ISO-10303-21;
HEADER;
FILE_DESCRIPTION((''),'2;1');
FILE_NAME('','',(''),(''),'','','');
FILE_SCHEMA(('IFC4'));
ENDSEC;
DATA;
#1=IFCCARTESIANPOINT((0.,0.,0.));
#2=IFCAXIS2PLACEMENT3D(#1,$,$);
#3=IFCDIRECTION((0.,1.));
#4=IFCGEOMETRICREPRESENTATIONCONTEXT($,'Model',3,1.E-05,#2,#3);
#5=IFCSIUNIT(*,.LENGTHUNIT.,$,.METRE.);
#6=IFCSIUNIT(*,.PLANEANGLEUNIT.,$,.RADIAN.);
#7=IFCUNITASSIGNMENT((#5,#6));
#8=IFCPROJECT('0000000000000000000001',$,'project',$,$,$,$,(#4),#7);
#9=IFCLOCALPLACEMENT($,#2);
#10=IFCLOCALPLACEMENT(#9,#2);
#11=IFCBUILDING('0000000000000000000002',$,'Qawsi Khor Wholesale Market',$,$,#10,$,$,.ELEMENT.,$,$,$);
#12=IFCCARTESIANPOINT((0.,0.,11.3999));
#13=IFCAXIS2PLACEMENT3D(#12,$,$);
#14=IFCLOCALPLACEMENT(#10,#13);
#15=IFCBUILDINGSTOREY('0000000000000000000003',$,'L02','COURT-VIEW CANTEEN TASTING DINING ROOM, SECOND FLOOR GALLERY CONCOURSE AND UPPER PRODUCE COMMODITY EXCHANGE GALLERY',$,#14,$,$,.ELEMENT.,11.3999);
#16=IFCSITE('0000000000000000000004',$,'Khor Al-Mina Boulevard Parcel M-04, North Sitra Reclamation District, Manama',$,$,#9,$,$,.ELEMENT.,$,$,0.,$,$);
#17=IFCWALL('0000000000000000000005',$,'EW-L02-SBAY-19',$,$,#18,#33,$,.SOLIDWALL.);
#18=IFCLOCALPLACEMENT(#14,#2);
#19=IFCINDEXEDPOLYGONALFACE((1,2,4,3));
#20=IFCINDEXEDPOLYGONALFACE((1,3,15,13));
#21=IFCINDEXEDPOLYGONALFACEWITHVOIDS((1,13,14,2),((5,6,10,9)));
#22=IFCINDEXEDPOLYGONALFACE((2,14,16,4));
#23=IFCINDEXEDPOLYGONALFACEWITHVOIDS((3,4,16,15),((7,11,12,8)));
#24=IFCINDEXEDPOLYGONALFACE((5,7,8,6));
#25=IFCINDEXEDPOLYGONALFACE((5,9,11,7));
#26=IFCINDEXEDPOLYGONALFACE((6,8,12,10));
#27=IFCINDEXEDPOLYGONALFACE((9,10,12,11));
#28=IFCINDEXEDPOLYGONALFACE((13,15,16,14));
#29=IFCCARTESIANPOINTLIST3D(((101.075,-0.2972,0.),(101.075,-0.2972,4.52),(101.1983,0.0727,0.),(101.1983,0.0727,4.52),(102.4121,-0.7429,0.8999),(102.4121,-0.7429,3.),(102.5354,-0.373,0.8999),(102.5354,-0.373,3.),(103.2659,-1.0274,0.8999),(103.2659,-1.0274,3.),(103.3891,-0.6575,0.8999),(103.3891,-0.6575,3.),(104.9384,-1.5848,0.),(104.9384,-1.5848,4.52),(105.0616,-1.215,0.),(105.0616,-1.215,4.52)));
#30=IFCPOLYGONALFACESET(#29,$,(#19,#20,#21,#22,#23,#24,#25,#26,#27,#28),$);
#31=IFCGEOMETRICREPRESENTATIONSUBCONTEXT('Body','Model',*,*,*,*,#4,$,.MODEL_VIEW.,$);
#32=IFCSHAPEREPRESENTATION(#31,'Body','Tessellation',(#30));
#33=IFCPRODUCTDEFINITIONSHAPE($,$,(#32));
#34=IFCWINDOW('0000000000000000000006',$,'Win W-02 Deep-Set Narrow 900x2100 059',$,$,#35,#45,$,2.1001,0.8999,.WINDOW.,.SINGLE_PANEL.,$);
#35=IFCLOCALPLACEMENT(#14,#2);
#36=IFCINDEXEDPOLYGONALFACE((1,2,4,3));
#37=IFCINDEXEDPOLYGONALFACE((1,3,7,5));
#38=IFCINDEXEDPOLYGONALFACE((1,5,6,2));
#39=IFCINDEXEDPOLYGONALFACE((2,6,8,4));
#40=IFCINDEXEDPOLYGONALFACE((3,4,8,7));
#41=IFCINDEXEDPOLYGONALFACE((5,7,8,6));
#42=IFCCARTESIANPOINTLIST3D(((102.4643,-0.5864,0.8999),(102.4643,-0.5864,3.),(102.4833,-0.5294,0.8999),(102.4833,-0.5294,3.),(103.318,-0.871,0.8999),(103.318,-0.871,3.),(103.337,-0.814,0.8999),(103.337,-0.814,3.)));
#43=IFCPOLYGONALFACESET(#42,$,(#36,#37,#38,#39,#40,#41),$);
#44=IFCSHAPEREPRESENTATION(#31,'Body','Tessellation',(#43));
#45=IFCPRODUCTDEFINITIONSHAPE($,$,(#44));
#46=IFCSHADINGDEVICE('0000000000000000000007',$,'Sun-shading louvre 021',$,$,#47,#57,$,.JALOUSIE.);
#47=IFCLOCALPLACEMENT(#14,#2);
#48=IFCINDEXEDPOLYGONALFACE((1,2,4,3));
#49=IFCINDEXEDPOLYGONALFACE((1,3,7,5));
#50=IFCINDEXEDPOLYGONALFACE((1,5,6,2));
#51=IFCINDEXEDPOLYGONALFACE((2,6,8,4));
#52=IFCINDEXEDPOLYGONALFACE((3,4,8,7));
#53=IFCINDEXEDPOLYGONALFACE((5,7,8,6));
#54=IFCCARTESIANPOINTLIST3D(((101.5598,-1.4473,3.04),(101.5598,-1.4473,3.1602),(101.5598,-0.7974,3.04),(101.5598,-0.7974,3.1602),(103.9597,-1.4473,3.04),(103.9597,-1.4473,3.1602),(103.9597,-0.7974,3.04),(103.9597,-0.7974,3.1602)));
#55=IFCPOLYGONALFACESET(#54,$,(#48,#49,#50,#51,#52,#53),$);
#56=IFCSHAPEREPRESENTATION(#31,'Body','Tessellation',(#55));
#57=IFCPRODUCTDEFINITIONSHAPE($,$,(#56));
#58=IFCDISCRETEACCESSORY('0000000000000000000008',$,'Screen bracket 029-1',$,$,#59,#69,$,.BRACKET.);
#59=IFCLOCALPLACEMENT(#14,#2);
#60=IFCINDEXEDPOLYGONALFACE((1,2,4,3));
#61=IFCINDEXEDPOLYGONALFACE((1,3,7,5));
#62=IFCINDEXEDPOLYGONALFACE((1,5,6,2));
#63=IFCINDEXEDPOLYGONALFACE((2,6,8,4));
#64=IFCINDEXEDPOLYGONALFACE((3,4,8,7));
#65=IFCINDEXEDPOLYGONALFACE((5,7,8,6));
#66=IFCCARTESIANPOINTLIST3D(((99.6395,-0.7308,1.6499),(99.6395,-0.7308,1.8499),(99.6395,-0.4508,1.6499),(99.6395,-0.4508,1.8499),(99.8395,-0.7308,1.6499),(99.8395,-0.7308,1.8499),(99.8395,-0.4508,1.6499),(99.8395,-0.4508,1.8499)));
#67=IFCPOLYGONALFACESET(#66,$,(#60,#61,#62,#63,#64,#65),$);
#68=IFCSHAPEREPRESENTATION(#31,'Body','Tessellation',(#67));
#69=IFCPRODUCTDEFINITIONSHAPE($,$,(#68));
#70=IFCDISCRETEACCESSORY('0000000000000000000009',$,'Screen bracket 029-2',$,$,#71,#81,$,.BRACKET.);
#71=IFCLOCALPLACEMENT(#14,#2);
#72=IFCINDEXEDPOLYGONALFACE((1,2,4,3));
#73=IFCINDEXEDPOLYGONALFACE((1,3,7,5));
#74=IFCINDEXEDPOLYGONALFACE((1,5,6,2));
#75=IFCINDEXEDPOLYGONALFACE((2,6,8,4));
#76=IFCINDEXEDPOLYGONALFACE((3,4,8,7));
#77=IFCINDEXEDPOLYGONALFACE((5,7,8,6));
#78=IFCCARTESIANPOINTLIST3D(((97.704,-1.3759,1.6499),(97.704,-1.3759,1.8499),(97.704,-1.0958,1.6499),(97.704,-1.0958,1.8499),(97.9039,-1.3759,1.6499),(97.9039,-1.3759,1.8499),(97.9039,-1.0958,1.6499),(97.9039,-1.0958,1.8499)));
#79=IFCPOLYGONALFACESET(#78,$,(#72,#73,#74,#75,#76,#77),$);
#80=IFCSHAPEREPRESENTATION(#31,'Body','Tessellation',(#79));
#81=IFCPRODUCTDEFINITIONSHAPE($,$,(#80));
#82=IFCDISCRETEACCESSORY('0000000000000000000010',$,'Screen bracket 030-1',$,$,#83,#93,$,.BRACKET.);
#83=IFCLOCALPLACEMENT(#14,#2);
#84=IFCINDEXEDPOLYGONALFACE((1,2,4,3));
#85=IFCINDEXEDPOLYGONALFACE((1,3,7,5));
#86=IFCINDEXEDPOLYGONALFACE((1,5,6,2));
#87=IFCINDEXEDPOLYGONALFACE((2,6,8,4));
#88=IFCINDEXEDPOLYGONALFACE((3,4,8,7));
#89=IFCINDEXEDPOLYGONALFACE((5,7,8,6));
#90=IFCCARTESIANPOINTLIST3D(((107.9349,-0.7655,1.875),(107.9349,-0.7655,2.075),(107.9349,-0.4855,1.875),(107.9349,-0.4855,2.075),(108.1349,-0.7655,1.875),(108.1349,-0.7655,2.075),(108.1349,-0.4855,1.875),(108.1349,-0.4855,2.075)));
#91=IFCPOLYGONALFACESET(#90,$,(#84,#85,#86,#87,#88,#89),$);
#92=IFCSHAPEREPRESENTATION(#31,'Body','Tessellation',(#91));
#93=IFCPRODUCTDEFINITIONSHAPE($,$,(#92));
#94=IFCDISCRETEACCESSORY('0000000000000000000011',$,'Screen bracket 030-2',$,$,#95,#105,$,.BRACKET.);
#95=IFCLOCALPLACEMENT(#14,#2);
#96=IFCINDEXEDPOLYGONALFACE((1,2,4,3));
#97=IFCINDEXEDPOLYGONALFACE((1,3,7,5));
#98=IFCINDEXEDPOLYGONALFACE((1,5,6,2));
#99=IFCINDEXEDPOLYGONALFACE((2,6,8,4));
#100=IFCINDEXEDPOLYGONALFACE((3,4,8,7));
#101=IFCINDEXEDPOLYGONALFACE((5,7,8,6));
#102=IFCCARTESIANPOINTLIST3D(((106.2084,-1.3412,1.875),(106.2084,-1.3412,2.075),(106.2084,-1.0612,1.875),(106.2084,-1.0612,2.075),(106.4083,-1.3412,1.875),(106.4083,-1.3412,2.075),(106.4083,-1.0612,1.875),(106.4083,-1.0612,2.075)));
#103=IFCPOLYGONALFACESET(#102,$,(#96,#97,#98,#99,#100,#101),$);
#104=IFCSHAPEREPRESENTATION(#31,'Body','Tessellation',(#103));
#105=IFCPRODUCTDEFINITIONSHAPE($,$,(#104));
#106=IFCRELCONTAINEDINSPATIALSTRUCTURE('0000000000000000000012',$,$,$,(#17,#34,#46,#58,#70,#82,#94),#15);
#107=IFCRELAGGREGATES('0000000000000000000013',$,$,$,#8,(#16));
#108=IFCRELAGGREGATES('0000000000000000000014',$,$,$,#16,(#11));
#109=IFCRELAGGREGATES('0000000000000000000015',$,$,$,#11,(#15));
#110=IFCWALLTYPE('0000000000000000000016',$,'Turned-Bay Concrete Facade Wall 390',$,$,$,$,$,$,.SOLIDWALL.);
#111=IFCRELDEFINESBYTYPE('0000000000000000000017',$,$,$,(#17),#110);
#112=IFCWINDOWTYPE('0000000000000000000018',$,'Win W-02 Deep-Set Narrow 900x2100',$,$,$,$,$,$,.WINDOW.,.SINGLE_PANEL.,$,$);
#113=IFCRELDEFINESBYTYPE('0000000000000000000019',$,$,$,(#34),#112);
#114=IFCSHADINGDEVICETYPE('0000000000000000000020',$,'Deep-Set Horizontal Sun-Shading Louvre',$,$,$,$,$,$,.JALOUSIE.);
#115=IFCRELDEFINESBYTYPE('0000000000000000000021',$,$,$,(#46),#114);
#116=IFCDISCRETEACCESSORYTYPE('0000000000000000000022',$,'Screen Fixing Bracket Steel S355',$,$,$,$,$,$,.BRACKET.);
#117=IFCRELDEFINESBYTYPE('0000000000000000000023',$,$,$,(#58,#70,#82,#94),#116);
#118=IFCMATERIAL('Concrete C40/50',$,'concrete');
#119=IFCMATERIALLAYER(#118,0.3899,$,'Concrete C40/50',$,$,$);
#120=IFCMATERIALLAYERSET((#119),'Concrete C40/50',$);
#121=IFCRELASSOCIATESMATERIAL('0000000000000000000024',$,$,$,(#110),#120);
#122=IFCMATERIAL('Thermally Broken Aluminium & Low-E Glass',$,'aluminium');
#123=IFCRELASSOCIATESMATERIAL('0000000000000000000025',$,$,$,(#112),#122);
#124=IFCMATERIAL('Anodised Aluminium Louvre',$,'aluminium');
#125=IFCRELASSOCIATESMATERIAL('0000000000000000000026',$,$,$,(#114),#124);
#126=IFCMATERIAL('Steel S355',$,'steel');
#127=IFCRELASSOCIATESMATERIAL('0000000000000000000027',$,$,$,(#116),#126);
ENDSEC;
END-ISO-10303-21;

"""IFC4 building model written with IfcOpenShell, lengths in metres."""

from ifc_helpers import new_model, si_unit, direction, frame, frame_2d, origin, origin_2d, place, context, subcontext, project, spatial, rectangle, extrude, material, layer, layer_set, type_object, element, fill, save


model = new_model("IFC4")

# Units and contexts
model_context = context("Model", 3, precision=1e-05, world=origin(), true_north=direction((0.0, 1.0)))
body_context = subcontext(model_context, "Body", "Model", "MODEL_VIEW")
ifc_project = project(units=[si_unit("LENGTHUNIT", "METRE"), si_unit("PLANEANGLEUNIT", "RADIAN")], contexts=[model_context])

# Site, building, storey
site_placement = place(None, origin())
site = spatial("IfcSite", under=ifc_project, at=site_placement, Name="Khor Al-Mina Boulevard Parcel M-04, North Sitra Reclamation District, Manama", CompositionType="ELEMENT", RefElevation=0.0)
building_placement = place(site_placement, origin())
building = spatial("IfcBuilding", under=site, at=building_placement, Name="Qawsi Khor Wholesale Market", CompositionType="ELEMENT")
storey_placement = place(building_placement, frame((0.0, 0.0, 11.3999)))
storey = spatial("IfcBuildingStorey", under=building, at=storey_placement, Name="L02", Description="COURT-VIEW CANTEEN TASTING DINING ROOM, SECOND FLOOR GALLERY CONCOURSE AND UPPER PRODUCE COMMODITY EXCHANGE GALLERY", CompositionType="ELEMENT", Elevation=11.3999)

# Shared definitions
ifc_material_1 = material(Name="Concrete C40/50", Category="concrete")

# Shared definitions
ifc_material_2 = material(Name="Steel S355", Category="steel")

# Wall, opening, window
ifc_material_3 = material(Name="Thermally Broken Aluminium & Low-E Glass", Category="aluminium")
ifc_layer_1 = layer(ifc_material_1, 0.3899, Name="Concrete C40/50")
ifc_layer_set_1 = layer_set([ifc_layer_1], Name="Concrete C40/50")
wall_type_1 = type_object("IfcWallType", Name="Turned-Bay Concrete Facade Wall 390", PredefinedType="SOLIDWALL", material=ifc_layer_set_1)
window_type_1 = type_object("IfcWindowType", Name="Win W-02 Deep-Set Narrow 900x2100", PartitioningType="SINGLE_PANEL", PredefinedType="WINDOW", material=ifc_material_3)
wall_1_placement = place(storey_placement, frame((105.0, -1.3999, 0.0), z_axis=(0.0, 0.0, 1.0), x_axis=(-0.948695, 0.316192, 0.0)))
wall_1 = element("IfcWall", 1, at=wall_1_placement, inside=storey, type_object=wall_type_1, Name="EW-L02-SBAY-19", PredefinedType="SOLIDWALL", context=body_context, shape_type="SweptSolid", body=[
    extrude(rectangle(XDim=4.0723, YDim=0.3899, at=frame_2d((2.0361, 0.0))), origin(), (0.0, 0.0, 1.0), 4.52),
])
opening_1_placement = place(wall_1_placement, frame((1.7629, 0.0, 0.8999)))
opening_1 = element("IfcOpeningElement", 2, at=opening_1_placement, cuts=wall_1, PredefinedType="OPENING", context=body_context, shape_type="SweptSolid", body=[
    extrude(rectangle(XDim=0.8999, YDim=2.1001, at=frame_2d((0.45, 1.05))), frame((0.0, 0.2048, 0.0), z_axis=(0.0, -1.0, 0.0), x_axis=(1.0, 0.0, 0.0)), (0.0, 0.0, 1.0), 0.4099),
])
window_1_placement = place(opening_1_placement, origin())
window_1 = element("IfcWindow", 3, at=window_1_placement, inside=storey, type_object=window_type_1, Name="Win W-02 Deep-Set Narrow 900x2100 059", OverallHeight=2.1001, OverallWidth=0.8999, PartitioningType="SINGLE_PANEL", PredefinedType="WINDOW", context=body_context, shape_type="SweptSolid", body=[
    extrude(rectangle(XDim=0.8999, YDim=2.1001, at=frame_2d((0.45, 1.05))), frame((0.0, 0.03, 0.0), z_axis=(0.0, -1.0, 0.0), x_axis=(1.0, 0.0, 0.0)), (0.0, 0.0, 1.0), 0.0601),
])
fill(opening_1, window_1)

# Shading device
ifc_material_4 = material(Name="Anodised Aluminium Louvre", Category="aluminium")
shading_device_type = type_object("IfcShadingDeviceType", Name="Deep-Set Horizontal Sun-Shading Louvre", PredefinedType="JALOUSIE", material=ifc_material_4)
shading_device_placement = place(storey_placement, frame((102.7598, -1.1223, 3.04), z_axis=(0.0, 0.0, 1.0), x_axis=(1.0, 0.0, 0.0)))
element("IfcShadingDevice", 4, at=shading_device_placement, inside=storey, type_object=shading_device_type, Name="Sun-shading louvre 021", PredefinedType="JALOUSIE", context=body_context, shape_type="SweptSolid", body=[
    extrude(rectangle(XDim=2.3999, YDim=0.6499, at=origin_2d()), origin(), (0.0, 0.0, 1.0), 0.1201),
])

# Discrete accessories
discrete_accessory_type = type_object("IfcDiscreteAccessoryType", Name="Screen Fixing Bracket Steel S355", PredefinedType="BRACKET", material=ifc_material_2)
for number, where, z_axis, x_axis, name in (
    (5, (99.7395, -0.5908, 1.6499), (0.0, 0.0, 1.0), (1.0, 0.0, 0.0), "Screen bracket 029-1"),
    (6, (97.804, -1.2358, 1.6499), (0.0, 0.0, 1.0), (1.0, 0.0, 0.0), "Screen bracket 029-2"),
    (7, (108.0349, -0.6255, 1.875), (0.0, 0.0, 1.0), (1.0, 0.0, 0.0), "Screen bracket 030-1"),
    (8, (106.3083, -1.2012, 1.875), (0.0, 0.0, 1.0), (1.0, 0.0, 0.0), "Screen bracket 030-2"),
):
    element("IfcDiscreteAccessory", number, at=place(storey_placement, frame(where, z_axis=z_axis, x_axis=x_axis)), inside=storey, type_object=discrete_accessory_type, Name=name, PredefinedType="BRACKET", context=body_context, shape_type="SweptSolid", body=[
        extrude(rectangle(XDim=0.2, YDim=0.28, at=origin_2d()), origin(), (0.0, 0.0, 1.0), 0.2),
    ])

save(model, "model.ifc")
